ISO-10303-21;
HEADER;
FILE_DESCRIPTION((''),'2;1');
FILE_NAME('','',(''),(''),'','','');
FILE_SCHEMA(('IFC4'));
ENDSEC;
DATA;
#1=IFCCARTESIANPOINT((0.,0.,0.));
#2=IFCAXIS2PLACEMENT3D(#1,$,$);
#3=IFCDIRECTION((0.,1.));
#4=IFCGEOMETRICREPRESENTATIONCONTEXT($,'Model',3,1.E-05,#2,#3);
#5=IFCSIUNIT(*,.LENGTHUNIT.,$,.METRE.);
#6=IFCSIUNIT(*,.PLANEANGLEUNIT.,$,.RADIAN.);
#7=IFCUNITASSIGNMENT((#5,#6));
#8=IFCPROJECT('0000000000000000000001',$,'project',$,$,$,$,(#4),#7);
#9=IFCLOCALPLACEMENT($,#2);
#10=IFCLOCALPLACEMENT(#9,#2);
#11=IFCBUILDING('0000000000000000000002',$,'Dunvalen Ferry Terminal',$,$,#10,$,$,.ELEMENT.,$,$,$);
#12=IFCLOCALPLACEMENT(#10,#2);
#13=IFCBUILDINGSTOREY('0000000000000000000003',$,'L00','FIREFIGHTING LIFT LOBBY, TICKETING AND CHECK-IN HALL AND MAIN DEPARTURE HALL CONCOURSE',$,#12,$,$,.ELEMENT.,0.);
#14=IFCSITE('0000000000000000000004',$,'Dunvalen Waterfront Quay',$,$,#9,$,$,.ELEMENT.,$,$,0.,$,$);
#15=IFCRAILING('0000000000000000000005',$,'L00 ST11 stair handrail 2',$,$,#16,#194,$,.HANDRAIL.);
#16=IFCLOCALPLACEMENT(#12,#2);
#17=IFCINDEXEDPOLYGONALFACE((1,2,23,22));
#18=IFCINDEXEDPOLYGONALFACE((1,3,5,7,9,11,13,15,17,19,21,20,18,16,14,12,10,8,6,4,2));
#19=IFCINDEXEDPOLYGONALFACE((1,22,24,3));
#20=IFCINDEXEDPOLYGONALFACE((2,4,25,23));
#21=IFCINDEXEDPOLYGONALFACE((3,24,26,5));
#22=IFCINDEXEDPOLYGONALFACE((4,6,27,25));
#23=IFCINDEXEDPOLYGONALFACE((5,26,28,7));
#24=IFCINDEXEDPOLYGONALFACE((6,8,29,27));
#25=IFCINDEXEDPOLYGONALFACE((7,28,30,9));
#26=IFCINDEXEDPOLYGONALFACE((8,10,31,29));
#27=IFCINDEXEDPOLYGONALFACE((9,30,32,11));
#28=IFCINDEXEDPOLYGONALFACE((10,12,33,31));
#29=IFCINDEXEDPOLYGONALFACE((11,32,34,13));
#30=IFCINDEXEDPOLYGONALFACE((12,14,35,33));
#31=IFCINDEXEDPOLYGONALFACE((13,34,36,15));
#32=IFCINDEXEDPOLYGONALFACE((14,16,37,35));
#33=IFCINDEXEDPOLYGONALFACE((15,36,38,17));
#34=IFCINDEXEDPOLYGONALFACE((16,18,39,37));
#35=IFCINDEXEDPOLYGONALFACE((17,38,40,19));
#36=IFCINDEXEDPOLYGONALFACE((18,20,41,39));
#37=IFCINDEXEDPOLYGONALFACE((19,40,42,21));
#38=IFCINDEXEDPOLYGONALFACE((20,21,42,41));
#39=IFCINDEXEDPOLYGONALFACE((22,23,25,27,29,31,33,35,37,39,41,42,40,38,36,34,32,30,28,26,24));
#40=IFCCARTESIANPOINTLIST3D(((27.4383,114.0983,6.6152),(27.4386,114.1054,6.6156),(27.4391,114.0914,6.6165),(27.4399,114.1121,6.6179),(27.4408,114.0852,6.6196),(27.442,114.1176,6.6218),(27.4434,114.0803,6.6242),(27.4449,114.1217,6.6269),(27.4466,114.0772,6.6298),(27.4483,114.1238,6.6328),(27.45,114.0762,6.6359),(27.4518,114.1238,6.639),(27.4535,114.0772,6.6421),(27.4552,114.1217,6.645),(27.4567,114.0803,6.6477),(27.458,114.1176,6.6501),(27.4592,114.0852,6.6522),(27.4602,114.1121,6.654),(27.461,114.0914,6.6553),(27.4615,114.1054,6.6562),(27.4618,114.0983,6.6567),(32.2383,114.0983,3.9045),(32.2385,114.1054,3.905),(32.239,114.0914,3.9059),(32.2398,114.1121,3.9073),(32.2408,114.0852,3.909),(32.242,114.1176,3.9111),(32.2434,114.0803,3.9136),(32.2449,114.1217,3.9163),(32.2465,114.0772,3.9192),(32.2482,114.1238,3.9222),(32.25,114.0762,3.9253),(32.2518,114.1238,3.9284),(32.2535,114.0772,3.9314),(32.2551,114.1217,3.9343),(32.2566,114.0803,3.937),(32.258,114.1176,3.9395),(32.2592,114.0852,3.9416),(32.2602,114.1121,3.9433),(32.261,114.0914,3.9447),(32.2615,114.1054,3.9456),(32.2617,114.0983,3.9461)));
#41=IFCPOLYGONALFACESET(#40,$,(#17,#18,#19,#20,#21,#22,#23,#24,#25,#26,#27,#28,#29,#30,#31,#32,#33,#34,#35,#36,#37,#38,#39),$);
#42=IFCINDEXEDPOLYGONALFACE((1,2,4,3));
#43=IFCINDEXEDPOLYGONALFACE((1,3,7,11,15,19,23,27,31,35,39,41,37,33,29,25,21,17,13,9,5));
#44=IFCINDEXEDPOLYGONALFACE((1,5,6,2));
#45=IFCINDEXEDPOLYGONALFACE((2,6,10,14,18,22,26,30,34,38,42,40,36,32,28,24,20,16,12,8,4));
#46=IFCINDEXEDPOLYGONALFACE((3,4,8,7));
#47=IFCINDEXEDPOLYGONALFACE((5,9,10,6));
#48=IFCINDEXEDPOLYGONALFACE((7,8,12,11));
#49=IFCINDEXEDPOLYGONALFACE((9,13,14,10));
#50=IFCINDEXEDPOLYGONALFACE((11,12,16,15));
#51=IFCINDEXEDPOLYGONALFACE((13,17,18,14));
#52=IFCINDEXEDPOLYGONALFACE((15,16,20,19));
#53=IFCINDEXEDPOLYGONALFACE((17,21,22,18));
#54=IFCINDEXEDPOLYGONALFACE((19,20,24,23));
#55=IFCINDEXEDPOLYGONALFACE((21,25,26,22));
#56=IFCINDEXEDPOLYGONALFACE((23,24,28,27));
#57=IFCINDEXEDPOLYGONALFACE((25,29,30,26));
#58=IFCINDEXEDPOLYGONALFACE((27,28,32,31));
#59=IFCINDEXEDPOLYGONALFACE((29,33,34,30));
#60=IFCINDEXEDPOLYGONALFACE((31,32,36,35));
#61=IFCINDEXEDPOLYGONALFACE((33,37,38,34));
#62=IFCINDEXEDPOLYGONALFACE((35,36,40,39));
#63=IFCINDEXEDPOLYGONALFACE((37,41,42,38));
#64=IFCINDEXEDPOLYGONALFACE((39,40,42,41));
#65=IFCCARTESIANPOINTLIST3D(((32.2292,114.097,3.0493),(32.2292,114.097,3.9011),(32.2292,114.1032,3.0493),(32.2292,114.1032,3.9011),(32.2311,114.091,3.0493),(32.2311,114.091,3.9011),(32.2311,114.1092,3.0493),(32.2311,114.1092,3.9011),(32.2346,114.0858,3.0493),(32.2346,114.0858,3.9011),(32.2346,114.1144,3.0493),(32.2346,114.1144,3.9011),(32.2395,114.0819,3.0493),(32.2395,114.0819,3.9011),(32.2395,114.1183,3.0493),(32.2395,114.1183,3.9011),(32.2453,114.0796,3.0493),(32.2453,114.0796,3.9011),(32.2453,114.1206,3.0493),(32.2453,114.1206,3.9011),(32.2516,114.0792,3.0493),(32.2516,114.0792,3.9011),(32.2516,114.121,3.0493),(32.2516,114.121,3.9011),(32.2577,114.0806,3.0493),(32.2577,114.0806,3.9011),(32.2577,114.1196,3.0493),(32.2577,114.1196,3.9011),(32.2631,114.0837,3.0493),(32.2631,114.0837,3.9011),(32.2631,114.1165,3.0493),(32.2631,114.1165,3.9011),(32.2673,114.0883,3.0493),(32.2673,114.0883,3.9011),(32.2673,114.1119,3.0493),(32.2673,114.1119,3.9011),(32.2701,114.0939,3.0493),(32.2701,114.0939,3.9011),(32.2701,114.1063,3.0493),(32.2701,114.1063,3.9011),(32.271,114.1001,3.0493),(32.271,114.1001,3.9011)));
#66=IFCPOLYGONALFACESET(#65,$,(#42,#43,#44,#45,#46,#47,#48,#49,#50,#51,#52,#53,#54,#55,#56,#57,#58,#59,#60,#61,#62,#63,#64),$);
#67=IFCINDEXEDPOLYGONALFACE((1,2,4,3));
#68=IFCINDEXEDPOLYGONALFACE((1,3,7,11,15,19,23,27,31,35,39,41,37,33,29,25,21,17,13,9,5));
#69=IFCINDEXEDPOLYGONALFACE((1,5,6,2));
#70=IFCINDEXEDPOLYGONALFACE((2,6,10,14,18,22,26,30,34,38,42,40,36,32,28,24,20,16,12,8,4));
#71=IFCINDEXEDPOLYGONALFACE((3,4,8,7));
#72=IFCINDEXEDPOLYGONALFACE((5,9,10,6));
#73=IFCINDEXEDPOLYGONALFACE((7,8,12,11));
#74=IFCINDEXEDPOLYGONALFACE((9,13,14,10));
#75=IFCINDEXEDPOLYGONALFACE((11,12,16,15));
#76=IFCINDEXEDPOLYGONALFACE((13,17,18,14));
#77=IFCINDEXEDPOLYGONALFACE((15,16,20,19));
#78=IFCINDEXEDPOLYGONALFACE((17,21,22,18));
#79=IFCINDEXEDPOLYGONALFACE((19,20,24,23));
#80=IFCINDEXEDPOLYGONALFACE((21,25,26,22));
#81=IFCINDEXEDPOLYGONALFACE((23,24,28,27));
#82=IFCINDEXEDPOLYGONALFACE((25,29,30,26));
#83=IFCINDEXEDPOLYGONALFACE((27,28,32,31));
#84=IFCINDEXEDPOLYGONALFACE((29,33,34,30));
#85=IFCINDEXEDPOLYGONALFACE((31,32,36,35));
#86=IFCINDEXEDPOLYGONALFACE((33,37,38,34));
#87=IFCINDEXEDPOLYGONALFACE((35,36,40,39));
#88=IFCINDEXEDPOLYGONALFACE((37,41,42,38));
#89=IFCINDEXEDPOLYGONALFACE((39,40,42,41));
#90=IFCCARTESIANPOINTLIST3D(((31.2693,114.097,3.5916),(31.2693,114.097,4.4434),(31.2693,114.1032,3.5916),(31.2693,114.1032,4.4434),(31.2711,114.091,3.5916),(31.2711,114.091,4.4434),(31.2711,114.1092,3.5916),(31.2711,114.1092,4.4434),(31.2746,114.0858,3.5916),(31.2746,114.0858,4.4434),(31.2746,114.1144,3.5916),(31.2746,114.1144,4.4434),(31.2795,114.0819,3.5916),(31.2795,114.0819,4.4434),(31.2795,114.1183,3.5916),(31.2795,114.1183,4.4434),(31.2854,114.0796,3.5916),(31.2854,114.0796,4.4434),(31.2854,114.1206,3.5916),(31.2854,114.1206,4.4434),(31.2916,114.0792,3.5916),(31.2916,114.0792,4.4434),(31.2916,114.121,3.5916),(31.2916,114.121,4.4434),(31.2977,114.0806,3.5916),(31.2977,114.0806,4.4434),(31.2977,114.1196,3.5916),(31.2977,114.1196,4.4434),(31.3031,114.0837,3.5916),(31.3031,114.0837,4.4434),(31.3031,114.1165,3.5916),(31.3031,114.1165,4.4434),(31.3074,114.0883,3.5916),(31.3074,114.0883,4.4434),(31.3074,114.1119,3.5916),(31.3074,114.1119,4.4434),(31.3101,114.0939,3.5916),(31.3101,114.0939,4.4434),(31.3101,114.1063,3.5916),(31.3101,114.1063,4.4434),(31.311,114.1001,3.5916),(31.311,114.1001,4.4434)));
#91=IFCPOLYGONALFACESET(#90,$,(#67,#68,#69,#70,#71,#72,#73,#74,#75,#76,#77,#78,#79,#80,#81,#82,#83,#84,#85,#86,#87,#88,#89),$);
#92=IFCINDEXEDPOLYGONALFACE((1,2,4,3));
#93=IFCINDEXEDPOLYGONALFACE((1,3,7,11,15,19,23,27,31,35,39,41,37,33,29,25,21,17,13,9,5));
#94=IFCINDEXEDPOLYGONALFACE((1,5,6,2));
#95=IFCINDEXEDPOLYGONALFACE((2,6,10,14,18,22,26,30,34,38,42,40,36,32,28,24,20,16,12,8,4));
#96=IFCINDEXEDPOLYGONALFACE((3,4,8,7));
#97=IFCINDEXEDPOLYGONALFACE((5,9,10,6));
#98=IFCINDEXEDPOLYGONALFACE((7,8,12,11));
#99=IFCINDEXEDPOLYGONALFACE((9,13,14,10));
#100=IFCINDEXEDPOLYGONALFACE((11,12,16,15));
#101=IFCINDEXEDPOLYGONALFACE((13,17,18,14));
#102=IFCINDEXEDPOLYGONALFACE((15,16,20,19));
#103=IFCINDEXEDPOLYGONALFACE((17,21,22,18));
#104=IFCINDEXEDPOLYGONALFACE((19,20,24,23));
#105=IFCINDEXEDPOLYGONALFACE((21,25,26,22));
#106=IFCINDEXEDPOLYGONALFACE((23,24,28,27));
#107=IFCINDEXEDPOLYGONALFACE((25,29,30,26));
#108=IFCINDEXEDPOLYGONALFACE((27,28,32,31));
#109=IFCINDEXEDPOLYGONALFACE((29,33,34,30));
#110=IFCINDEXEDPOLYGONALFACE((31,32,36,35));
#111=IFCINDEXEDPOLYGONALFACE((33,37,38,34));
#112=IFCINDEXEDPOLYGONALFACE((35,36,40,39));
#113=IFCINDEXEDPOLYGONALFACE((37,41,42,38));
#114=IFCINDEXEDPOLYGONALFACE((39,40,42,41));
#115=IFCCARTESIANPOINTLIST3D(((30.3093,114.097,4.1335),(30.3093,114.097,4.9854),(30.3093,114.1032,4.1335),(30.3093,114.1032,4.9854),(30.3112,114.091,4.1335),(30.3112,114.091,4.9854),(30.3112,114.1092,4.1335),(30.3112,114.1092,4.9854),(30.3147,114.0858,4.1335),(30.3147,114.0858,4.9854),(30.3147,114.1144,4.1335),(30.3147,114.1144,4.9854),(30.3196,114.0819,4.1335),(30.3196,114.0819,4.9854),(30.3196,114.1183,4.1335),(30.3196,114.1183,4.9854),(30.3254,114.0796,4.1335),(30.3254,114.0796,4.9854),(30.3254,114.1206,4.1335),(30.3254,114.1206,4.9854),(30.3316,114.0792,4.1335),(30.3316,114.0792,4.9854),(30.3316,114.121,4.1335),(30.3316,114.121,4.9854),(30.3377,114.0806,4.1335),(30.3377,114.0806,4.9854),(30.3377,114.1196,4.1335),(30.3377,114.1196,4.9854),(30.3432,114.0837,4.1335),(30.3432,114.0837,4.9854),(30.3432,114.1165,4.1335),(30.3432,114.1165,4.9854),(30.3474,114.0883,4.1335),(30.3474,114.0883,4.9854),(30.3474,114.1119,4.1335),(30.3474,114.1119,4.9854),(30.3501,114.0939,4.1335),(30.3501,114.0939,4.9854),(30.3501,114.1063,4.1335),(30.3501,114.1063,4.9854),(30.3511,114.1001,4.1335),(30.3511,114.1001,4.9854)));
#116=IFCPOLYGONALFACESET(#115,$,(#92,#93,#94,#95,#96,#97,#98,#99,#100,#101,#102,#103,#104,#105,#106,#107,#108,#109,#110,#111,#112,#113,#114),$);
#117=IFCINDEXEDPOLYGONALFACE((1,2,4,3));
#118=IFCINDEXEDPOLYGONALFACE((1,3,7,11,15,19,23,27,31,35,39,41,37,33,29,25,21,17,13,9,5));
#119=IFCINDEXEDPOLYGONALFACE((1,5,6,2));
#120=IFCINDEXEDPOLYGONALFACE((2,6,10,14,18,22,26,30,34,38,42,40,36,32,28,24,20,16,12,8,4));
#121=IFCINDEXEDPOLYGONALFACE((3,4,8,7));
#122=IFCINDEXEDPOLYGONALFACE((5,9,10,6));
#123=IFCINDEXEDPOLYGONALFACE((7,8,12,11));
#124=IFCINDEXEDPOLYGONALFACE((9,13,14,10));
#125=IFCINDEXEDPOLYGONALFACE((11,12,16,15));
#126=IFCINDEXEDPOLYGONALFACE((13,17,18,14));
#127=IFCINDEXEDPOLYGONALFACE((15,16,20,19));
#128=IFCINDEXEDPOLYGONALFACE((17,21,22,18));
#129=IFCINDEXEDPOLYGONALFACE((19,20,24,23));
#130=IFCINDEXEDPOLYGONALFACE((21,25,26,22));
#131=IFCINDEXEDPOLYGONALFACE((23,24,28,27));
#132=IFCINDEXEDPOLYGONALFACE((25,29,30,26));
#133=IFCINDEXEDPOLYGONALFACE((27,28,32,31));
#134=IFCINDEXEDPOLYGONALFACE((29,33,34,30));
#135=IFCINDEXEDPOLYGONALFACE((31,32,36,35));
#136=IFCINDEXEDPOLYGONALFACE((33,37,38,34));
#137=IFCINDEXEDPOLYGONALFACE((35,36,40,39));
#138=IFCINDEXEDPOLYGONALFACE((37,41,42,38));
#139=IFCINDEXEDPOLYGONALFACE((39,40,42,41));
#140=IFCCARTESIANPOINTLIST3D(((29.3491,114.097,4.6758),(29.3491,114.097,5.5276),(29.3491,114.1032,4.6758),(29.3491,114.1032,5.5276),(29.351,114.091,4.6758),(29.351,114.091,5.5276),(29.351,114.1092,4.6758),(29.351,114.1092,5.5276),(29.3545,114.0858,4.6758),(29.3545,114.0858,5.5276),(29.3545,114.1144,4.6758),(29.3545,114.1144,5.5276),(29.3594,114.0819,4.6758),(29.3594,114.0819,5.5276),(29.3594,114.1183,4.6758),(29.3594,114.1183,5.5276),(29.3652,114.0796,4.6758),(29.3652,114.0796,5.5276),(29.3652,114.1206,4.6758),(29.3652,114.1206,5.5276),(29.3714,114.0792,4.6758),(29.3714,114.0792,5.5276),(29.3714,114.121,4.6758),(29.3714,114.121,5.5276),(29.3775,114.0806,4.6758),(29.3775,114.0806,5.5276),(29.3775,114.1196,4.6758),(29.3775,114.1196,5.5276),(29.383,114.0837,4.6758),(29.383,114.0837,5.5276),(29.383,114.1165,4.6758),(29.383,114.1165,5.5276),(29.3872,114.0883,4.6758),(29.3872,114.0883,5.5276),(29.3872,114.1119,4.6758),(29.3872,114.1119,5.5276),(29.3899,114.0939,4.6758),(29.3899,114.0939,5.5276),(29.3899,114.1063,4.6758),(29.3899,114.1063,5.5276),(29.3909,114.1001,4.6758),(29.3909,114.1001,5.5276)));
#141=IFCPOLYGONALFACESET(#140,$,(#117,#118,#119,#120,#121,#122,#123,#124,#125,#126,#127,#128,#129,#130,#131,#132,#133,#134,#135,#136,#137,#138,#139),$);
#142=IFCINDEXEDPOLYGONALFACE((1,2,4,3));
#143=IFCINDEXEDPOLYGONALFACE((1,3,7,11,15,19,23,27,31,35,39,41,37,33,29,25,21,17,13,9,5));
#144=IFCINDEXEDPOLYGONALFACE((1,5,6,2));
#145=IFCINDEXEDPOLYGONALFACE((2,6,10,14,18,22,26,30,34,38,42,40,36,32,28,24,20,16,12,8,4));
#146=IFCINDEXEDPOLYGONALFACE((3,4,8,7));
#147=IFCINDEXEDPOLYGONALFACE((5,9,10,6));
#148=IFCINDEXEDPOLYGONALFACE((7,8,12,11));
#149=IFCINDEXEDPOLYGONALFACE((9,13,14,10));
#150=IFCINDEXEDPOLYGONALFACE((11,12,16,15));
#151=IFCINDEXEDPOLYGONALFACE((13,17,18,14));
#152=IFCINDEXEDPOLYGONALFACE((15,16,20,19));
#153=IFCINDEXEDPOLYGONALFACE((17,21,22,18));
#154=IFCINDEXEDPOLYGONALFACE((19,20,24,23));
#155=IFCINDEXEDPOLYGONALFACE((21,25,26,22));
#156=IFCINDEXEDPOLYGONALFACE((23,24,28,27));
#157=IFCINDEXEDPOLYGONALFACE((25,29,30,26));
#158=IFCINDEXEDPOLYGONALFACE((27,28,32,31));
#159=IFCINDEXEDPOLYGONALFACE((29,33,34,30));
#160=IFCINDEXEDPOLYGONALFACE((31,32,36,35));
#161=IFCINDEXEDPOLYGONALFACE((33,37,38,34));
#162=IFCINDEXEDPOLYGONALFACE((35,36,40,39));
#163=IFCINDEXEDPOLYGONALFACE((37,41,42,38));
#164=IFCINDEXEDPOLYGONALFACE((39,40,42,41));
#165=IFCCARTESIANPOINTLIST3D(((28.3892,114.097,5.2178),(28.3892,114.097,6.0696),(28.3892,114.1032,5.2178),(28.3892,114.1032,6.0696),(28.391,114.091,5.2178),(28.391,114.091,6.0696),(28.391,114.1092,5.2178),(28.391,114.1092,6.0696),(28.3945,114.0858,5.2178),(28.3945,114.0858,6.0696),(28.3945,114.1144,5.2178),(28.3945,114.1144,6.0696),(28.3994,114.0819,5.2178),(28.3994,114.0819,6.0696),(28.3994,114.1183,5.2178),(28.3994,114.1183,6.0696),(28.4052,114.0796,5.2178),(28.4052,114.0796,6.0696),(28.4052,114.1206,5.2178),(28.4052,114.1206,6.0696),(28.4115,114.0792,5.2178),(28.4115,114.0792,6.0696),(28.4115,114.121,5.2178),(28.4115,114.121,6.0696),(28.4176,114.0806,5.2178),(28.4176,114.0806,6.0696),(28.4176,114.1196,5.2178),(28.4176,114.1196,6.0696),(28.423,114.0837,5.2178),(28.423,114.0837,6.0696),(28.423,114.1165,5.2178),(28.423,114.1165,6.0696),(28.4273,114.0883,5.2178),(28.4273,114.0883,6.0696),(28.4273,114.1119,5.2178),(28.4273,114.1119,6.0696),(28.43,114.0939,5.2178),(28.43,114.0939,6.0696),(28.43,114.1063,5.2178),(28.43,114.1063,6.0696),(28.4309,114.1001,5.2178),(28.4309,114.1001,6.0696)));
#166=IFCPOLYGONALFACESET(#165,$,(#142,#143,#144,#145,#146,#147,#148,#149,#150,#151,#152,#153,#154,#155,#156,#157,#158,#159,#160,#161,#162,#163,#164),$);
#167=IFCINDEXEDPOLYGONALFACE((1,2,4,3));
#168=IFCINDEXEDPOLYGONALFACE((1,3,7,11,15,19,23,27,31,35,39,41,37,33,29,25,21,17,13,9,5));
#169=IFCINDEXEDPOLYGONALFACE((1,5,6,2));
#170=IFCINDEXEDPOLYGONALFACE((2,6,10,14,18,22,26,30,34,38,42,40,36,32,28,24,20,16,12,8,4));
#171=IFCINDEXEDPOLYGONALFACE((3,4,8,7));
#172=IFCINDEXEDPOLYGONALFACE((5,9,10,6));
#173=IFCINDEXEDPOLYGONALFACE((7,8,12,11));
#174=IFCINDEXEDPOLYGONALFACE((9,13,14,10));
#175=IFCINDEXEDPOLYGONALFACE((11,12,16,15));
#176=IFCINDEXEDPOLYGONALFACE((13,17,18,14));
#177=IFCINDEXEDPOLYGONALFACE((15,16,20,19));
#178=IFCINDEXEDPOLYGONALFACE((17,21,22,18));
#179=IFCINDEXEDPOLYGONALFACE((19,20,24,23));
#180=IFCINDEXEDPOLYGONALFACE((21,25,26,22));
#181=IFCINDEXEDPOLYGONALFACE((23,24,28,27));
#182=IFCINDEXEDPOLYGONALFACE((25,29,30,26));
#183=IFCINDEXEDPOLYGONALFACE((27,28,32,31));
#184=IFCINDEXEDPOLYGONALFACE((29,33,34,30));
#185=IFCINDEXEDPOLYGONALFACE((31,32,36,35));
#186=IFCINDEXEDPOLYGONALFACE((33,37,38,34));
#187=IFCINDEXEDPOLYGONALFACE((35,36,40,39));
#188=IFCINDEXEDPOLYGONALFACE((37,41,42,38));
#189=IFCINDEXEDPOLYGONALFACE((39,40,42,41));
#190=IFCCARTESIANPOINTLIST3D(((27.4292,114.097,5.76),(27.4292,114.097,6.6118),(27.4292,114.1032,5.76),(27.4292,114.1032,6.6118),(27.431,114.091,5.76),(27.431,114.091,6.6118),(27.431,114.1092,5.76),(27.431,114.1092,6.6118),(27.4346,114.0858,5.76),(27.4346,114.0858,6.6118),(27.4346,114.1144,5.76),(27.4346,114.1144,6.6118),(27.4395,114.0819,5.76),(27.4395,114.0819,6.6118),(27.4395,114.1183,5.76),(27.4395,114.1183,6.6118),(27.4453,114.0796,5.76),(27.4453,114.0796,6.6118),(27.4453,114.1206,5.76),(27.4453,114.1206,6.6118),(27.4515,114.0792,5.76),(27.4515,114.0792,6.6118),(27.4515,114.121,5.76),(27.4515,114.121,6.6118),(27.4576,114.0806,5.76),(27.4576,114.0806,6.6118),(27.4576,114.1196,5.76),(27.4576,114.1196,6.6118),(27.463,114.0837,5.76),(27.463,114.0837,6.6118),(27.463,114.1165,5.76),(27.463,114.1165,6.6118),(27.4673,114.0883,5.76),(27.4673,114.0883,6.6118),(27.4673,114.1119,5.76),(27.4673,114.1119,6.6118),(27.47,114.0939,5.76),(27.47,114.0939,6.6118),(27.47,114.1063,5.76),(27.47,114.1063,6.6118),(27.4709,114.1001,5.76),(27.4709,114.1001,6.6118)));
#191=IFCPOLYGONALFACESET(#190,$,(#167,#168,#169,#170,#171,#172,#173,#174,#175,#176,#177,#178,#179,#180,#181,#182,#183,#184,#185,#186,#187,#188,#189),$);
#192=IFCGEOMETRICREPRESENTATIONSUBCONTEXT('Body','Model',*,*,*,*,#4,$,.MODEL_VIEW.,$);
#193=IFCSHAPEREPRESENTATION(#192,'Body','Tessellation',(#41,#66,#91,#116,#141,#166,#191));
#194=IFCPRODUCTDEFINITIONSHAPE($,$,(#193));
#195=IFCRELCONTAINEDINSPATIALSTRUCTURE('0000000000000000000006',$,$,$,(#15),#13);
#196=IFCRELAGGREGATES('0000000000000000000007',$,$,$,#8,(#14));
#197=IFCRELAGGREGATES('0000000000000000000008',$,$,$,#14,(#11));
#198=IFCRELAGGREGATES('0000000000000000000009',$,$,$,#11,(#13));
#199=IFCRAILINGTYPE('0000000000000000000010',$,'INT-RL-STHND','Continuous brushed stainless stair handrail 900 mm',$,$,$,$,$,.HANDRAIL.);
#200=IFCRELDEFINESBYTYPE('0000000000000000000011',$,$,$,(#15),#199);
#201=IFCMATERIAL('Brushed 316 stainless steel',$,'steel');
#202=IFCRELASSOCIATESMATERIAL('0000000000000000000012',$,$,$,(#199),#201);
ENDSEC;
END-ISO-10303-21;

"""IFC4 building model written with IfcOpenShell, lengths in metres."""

from ifc_helpers import new_model, si_unit, direction, frame, origin, origin_2d, place, context, subcontext, project, spatial, circle, extrude, material, type_object, element, save


model = new_model("IFC4")

# Units and contexts
model_context = context("Model", 3, precision=1e-05, world=origin(), true_north=direction((0.0, 1.0)))
body_context = subcontext(model_context, "Body", "Model", "MODEL_VIEW")
ifc_project = project(units=[si_unit("LENGTHUNIT", "METRE"), si_unit("PLANEANGLEUNIT", "RADIAN")], contexts=[model_context])

# Site, building, storey
site_placement = place(None, origin())
site = spatial("IfcSite", under=ifc_project, at=site_placement, Name="Dunvalen Waterfront Quay", CompositionType="ELEMENT", RefElevation=0.0)
building_placement = place(site_placement, origin())
building = spatial("IfcBuilding", under=site, at=building_placement, Name="Dunvalen Ferry Terminal", CompositionType="ELEMENT")
storey_placement = place(building_placement, origin())
storey = spatial("IfcBuildingStorey", under=building, at=storey_placement, Name="L00", Description="FIREFIGHTING LIFT LOBBY, TICKETING AND CHECK-IN HALL AND MAIN DEPARTURE HALL CONCOURSE", CompositionType="ELEMENT", Elevation=0.0)

# Railing
ifc_material_1 = material(Name="Brushed 316 stainless steel", Category="steel")
railing_type_1 = type_object("IfcRailingType", Name="INT-RL-STHND", Description="Continuous brushed stainless stair handrail 900 mm", PredefinedType="HANDRAIL", material=ifc_material_1)
railing_1_placement = place(storey_placement, frame((32.25, 114.1001, 3.0493)))
element("IfcRailing", 1, at=railing_1_placement, inside=storey, type_object=railing_type_1, Name="L00 ST11 stair handrail 2", PredefinedType="HANDRAIL", context=body_context, shape_type="SweptSolid", body=[
    extrude(circle(Radius=0.0239, at=origin_2d()), frame((0.0, 0.0, 0.876), z_axis=(-0.870748, 0.0, 0.49173), x_axis=(0.0, -1.0, 0.0)), (0.0, 0.0, 1.0), 5.5125),
    extrude(circle(Radius=0.021, at=origin_2d()), origin(), (0.0, 0.0, 1.0), 0.8518),
    extrude(circle(Radius=0.021, at=origin_2d()), frame((-0.96, 0.0, 0.5422)), (0.0, 0.0, 1.0), 0.8518),
    extrude(circle(Radius=0.021, at=origin_2d()), frame((-1.9199, 0.0, 1.0842)), (0.0, 0.0, 1.0), 0.8518),
    extrude(circle(Radius=0.021, at=origin_2d()), frame((-2.8801, 0.0, 1.6265)), (0.0, 0.0, 1.0), 0.8518),
    extrude(circle(Radius=0.021, at=origin_2d()), frame((-3.8401, 0.0, 2.1685)), (0.0, 0.0, 1.0), 0.8518),
    extrude(circle(Radius=0.021, at=origin_2d()), frame((-4.8, 0.0, 2.7107)), (0.0, 0.0, 1.0), 0.8518),
])

save(model, "model.ifc")
